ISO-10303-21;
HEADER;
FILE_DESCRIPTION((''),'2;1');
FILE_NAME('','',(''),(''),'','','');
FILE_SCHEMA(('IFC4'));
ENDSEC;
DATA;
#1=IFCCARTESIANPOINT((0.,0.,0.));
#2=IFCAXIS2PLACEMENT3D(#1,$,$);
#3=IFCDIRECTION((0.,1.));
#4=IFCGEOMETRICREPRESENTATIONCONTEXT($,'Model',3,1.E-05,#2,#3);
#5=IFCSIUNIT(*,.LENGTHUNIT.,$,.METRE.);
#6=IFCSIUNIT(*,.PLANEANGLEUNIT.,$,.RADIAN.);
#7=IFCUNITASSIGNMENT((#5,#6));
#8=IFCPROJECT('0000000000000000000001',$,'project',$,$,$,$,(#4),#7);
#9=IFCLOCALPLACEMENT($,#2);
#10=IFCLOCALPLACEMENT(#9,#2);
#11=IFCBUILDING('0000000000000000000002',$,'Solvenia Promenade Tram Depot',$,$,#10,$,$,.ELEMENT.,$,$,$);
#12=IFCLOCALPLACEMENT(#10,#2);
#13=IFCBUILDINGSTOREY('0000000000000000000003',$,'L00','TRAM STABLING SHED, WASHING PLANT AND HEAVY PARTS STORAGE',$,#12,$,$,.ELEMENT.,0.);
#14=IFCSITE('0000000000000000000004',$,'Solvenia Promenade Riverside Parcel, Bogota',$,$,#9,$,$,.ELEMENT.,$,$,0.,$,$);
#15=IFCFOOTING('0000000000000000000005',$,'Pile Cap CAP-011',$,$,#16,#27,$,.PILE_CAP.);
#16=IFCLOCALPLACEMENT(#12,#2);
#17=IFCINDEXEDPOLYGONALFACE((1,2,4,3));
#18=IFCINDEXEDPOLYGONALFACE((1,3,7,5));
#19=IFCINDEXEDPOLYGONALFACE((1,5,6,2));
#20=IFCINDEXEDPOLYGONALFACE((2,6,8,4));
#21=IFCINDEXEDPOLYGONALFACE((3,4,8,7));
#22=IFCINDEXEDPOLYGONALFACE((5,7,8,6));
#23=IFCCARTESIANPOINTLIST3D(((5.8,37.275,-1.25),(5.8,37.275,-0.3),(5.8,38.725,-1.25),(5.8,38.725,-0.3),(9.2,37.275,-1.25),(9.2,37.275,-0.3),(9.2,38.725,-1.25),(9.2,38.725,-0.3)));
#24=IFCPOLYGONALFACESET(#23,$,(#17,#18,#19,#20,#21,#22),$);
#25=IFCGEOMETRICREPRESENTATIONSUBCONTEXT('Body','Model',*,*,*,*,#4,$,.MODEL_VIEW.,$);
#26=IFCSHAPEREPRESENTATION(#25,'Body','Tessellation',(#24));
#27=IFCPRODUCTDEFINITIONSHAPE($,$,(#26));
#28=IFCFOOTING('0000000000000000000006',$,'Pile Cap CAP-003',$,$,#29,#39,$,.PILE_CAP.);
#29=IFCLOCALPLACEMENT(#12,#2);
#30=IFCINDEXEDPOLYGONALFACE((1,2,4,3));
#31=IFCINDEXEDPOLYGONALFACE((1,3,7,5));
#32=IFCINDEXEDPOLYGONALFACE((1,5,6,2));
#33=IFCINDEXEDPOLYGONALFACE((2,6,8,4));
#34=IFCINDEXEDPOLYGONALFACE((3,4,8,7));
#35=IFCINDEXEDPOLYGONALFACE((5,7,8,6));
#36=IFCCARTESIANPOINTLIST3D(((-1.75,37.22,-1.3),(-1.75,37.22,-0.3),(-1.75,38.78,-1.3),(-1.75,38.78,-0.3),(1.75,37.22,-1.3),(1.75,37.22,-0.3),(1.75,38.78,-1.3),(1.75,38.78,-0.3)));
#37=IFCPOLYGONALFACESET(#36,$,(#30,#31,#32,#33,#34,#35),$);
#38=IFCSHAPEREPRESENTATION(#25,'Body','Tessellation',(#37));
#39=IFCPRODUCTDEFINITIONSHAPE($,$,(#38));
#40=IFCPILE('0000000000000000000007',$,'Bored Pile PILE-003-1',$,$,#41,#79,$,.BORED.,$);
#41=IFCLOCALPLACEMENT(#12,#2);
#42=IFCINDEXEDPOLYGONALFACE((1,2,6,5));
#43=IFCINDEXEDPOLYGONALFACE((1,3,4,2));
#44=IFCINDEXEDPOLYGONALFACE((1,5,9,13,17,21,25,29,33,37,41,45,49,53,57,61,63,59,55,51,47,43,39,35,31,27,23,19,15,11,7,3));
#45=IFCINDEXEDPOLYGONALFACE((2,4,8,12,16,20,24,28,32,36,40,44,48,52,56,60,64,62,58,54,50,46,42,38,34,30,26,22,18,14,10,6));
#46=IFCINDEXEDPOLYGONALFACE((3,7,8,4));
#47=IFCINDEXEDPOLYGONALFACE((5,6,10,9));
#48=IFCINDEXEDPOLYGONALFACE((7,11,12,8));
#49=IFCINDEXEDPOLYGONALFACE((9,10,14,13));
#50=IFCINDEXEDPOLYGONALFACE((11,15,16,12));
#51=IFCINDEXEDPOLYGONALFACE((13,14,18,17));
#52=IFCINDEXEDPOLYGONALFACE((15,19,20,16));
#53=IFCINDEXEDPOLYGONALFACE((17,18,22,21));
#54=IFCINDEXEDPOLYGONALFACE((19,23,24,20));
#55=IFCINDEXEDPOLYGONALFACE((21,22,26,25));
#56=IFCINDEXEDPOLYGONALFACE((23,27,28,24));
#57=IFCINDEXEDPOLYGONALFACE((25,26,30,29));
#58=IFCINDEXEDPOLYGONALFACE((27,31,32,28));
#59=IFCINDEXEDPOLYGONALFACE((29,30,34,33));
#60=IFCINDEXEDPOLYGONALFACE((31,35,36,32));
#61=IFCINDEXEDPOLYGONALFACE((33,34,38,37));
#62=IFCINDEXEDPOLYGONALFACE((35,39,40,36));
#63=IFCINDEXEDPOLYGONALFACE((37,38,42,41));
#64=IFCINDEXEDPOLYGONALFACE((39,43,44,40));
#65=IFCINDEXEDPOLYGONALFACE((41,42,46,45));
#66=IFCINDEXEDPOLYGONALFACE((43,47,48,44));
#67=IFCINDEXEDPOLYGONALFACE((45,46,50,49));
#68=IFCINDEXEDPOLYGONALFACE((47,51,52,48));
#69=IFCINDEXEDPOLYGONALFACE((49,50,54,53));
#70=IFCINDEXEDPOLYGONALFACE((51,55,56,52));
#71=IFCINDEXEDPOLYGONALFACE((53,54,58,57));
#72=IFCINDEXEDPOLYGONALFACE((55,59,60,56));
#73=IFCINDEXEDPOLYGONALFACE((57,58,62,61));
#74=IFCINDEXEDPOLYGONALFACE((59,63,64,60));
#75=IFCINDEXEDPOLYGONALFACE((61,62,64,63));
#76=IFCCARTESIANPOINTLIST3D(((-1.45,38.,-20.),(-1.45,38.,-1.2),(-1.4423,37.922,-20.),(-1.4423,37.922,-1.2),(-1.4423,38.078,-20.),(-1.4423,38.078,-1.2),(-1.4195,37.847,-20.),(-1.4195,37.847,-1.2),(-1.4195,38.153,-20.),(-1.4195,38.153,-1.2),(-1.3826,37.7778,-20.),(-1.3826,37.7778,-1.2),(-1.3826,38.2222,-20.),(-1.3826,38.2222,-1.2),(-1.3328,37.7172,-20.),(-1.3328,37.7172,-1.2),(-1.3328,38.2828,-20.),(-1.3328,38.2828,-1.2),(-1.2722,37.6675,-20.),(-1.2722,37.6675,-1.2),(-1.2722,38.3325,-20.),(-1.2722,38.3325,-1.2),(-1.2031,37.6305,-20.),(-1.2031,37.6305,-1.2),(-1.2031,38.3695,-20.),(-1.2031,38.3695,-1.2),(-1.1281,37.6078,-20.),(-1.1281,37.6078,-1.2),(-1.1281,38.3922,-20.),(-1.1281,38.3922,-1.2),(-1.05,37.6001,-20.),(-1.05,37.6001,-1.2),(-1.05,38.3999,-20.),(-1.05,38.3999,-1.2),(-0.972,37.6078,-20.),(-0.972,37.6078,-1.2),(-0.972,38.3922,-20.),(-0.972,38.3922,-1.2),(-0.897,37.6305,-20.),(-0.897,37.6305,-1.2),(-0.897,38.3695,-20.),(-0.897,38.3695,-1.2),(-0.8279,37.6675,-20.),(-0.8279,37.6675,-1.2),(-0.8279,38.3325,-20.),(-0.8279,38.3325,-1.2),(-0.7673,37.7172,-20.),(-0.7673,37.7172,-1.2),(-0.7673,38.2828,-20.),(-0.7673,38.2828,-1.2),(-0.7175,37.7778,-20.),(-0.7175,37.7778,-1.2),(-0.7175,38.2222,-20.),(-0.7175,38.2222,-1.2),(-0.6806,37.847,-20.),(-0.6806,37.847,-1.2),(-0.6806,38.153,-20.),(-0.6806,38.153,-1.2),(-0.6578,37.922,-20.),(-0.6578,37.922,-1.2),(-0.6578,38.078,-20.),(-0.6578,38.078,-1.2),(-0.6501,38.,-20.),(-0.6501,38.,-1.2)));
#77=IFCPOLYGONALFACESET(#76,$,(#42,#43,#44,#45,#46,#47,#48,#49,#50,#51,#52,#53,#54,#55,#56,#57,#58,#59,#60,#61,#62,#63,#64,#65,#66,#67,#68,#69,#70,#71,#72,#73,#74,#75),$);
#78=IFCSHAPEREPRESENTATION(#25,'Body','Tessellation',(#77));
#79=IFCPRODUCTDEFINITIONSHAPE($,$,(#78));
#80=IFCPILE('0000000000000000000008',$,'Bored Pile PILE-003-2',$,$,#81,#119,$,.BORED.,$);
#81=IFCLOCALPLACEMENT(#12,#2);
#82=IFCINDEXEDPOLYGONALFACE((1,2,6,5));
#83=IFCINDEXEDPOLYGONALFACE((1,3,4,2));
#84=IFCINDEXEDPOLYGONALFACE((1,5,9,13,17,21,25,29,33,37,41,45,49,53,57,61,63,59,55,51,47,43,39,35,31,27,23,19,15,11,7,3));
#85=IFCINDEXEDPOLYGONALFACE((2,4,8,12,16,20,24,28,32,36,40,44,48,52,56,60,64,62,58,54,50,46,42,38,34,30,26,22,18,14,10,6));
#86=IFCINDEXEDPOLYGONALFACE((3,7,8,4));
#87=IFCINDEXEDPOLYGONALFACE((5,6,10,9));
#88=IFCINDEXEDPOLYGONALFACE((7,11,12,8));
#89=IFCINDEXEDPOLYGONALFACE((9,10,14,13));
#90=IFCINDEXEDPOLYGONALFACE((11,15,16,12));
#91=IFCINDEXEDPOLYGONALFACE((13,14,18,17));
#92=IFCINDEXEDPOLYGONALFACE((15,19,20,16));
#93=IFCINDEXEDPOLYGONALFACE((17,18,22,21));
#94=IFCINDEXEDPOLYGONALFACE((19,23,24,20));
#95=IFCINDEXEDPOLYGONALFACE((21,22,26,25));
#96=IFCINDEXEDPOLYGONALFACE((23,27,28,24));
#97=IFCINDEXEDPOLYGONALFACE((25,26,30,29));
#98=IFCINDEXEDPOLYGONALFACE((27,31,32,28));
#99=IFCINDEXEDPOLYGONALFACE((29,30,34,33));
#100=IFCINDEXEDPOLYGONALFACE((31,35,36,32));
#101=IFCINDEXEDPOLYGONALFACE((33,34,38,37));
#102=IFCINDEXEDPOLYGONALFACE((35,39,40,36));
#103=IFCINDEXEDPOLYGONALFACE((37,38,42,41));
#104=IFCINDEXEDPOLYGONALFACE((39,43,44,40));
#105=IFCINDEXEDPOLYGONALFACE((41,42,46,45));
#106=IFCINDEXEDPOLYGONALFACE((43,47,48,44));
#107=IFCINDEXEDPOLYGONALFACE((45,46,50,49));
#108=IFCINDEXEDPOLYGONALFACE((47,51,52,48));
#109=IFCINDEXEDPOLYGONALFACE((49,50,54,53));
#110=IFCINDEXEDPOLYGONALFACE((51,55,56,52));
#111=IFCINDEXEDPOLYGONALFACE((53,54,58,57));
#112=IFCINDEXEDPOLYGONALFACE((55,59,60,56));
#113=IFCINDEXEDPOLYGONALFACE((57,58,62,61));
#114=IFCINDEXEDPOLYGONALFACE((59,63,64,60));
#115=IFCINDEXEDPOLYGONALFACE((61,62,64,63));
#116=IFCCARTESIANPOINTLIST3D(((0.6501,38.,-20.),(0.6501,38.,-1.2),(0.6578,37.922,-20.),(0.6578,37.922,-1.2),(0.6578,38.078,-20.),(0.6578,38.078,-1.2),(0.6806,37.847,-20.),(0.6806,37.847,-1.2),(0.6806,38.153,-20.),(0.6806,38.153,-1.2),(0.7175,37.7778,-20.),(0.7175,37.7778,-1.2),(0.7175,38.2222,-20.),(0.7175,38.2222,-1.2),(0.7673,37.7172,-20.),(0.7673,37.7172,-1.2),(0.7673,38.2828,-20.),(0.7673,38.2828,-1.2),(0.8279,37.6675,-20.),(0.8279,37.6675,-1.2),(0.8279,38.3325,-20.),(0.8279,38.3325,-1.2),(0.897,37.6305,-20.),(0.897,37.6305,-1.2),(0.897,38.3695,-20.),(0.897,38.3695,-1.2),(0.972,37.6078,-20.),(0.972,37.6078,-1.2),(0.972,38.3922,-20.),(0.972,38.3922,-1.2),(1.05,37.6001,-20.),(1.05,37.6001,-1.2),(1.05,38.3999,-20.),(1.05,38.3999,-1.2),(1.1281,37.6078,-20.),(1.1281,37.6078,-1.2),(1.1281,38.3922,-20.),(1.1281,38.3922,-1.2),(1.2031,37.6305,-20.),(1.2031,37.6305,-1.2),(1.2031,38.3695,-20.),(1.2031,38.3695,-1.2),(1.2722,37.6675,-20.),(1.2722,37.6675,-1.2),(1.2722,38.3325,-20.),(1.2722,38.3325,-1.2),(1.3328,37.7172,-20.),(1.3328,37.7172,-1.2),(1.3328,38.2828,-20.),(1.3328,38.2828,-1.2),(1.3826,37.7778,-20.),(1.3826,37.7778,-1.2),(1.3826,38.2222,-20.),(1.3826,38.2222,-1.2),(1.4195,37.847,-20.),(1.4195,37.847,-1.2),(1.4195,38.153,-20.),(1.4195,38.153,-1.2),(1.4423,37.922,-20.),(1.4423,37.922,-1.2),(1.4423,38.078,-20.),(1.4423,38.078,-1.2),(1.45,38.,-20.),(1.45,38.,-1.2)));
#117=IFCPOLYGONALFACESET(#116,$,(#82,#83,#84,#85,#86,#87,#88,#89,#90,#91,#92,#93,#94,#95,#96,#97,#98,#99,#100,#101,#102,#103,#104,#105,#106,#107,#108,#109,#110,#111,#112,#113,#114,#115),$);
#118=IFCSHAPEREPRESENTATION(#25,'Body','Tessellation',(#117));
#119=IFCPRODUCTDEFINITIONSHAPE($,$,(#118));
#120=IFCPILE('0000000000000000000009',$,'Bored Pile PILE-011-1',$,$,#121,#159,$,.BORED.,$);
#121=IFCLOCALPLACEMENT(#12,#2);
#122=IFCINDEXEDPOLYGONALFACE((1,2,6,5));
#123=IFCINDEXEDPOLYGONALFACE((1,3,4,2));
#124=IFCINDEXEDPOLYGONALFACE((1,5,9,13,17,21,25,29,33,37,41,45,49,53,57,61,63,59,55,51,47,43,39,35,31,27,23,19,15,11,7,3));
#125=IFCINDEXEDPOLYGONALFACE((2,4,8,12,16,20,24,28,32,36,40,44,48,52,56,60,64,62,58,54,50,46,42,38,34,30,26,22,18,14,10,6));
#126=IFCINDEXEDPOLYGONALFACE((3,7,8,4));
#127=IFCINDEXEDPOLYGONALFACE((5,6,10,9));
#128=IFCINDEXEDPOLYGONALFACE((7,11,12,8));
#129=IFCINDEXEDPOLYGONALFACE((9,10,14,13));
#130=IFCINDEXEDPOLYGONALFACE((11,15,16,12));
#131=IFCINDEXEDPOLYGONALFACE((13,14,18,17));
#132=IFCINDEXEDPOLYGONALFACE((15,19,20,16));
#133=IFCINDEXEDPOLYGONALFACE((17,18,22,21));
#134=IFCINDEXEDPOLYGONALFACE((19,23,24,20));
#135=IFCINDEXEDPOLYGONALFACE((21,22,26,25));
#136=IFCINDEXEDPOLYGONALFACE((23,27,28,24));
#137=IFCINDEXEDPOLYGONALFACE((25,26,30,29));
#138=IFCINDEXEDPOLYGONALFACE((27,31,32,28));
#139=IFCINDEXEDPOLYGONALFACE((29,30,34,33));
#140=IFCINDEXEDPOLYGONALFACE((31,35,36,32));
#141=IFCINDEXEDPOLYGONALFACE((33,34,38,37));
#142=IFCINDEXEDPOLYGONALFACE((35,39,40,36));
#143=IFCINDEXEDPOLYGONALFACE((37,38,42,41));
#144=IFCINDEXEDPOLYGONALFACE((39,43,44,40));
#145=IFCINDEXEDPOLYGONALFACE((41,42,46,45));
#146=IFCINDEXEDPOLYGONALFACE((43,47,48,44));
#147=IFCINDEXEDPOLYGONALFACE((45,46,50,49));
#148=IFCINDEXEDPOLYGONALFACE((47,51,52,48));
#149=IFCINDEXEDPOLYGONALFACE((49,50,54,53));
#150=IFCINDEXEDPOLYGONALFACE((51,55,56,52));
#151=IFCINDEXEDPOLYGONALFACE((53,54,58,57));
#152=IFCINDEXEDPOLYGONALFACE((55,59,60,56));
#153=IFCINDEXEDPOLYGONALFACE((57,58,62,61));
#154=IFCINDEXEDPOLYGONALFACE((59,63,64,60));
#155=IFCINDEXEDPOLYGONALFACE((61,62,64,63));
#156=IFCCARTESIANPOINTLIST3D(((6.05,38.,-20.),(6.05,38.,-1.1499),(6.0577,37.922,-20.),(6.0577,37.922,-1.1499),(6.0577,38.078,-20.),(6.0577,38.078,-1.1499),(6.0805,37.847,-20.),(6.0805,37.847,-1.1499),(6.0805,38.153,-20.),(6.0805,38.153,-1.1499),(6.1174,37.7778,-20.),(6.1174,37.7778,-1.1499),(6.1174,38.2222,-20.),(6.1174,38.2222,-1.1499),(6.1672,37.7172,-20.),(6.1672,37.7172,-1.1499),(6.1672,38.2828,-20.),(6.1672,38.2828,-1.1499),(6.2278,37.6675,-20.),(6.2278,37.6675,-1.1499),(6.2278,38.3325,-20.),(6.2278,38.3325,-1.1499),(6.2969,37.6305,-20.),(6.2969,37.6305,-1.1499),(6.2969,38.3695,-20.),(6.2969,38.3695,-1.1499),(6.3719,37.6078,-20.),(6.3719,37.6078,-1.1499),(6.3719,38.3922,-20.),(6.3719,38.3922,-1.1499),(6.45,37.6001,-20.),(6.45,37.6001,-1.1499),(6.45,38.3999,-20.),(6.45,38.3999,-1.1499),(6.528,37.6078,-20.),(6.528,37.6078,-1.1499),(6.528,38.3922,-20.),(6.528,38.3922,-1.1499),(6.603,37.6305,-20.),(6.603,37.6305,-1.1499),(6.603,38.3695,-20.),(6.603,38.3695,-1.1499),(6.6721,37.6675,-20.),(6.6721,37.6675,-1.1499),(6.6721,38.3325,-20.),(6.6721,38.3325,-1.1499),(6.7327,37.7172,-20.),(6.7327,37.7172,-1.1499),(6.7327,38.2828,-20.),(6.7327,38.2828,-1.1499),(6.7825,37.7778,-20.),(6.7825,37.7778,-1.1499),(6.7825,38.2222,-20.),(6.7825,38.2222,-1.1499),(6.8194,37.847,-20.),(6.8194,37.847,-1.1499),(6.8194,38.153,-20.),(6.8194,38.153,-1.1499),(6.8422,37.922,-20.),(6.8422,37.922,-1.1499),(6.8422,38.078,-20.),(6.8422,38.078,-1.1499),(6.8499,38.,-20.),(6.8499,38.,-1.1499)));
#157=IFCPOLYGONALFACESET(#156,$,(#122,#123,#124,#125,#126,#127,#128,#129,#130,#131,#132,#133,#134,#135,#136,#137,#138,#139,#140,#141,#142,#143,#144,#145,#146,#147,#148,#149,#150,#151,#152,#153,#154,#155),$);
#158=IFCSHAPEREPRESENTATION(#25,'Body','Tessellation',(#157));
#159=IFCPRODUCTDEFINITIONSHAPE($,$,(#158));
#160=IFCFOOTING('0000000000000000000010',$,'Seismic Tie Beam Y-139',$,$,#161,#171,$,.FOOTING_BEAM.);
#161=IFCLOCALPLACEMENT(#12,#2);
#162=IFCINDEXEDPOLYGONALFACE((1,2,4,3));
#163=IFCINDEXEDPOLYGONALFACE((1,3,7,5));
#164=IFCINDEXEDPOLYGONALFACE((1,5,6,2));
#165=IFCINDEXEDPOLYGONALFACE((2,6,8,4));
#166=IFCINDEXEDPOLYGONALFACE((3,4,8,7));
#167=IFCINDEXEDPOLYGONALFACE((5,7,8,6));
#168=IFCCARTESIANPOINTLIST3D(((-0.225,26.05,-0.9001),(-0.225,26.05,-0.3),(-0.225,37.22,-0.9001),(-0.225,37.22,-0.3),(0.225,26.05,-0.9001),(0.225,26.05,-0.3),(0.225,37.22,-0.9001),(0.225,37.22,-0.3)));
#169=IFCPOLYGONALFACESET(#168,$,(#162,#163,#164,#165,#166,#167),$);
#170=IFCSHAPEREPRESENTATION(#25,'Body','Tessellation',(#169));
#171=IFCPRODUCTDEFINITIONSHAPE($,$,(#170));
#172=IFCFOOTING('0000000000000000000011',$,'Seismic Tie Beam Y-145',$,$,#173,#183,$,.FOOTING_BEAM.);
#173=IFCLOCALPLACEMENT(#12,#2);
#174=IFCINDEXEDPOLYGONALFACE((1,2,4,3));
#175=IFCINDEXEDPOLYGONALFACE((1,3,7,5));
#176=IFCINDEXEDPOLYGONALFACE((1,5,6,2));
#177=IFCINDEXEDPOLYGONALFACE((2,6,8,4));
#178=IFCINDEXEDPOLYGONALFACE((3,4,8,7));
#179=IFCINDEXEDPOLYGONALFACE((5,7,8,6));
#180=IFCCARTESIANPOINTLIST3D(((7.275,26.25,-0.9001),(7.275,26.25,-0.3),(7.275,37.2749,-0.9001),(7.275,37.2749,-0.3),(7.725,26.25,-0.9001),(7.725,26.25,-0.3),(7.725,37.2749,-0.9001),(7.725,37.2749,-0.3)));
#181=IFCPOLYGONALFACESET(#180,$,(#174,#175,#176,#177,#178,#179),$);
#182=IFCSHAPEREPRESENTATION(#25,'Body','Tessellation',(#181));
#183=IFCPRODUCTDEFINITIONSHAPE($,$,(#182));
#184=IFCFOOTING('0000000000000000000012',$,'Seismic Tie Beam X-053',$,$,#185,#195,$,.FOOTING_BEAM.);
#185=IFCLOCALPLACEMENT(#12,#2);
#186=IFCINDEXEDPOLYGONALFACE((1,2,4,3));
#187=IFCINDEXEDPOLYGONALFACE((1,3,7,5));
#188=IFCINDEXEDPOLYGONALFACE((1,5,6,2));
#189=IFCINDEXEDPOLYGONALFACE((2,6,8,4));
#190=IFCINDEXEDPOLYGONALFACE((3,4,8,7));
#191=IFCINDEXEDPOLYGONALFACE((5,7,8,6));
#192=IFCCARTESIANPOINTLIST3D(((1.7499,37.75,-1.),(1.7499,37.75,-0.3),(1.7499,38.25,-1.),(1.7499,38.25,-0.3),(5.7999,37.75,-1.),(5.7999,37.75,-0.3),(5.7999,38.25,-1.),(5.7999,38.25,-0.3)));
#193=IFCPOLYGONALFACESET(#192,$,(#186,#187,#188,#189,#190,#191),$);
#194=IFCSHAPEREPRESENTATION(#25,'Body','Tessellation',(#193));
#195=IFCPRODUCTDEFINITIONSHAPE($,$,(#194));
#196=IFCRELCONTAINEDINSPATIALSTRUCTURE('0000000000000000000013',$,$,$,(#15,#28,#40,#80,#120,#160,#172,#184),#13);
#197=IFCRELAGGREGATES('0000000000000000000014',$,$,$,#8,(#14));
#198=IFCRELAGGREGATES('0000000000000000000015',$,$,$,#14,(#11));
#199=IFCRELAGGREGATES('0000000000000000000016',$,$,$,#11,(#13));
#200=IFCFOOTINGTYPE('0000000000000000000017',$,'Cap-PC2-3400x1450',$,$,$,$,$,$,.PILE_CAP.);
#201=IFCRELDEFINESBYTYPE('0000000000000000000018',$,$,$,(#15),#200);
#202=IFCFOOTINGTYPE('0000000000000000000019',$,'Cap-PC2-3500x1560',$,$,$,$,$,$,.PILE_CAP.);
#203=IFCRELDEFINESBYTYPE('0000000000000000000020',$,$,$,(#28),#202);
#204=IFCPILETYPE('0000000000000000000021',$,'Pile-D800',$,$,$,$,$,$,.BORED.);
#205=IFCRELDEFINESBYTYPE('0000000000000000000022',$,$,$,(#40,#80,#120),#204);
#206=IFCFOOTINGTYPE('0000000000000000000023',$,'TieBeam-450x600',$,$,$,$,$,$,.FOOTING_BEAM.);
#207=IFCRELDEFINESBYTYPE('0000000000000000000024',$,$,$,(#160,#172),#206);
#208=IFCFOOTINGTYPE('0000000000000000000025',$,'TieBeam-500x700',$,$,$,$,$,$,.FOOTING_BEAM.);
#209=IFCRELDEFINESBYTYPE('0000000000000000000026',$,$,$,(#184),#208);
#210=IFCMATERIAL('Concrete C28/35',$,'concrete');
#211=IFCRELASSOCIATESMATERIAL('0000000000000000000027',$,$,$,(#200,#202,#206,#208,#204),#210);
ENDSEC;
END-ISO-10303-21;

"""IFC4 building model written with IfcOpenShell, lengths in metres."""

from ifc_helpers import new_model, si_unit, direction, frame, origin, origin_2d, place, context, subcontext, project, spatial, rectangle, circle, extrude, material, material_profile, profile_set, type_object, element, save


model = new_model("IFC4")

# Units and contexts
model_context = context("Model", 3, precision=1e-05, world=origin(), true_north=direction((0.0, 1.0)))
body_context = subcontext(model_context, "Body", "Model", "MODEL_VIEW")
ifc_project = project(units=[si_unit("LENGTHUNIT", "METRE"), si_unit("PLANEANGLEUNIT", "RADIAN")], contexts=[model_context])

# Site, building, storey
site_placement = place(None, origin())
site = spatial("IfcSite", under=ifc_project, at=site_placement, Name="Solvenia Promenade Riverside Parcel, Bogota", CompositionType="ELEMENT", RefElevation=0.0)
building_placement = place(site_placement, origin())
building = spatial("IfcBuilding", under=site, at=building_placement, Name="Solvenia Promenade Tram Depot", CompositionType="ELEMENT")
storey_placement = place(building_placement, origin())
storey = spatial("IfcBuildingStorey", under=building, at=storey_placement, Name="L00", Description="TRAM STABLING SHED, WASHING PLANT AND HEAVY PARTS STORAGE", CompositionType="ELEMENT", Elevation=0.0)

# Footings
ifc_material_1 = material(Name="Concrete C28/35", Category="concrete")
footing_type_1 = type_object("IfcFootingType", Name="Cap-PC2-3400x1450", PredefinedType="PILE_CAP", material=ifc_material_1)
footing_1_placement = place(storey_placement, frame((7.5, 38.0, -1.25), z_axis=(0.0, 0.0, 1.0), x_axis=(1.0, 0.0, 0.0)))
element("IfcFooting", 1, at=footing_1_placement, inside=storey, type_object=footing_type_1, Name="Pile Cap CAP-011", PredefinedType="PILE_CAP", context=body_context, shape_type="SweptSolid", body=[
    extrude(rectangle(XDim=3.3999, YDim=1.45, at=origin_2d()), origin(), (0.0, 0.0, 1.0), 0.95),
])
footing_type_2 = type_object("IfcFootingType", Name="Cap-PC2-3500x1560", PredefinedType="PILE_CAP", material=ifc_material_1)
footing_2_placement = place(storey_placement, frame((0.0, 38.0, -1.3), z_axis=(0.0, 0.0, 1.0), x_axis=(1.0, 0.0, 0.0)))
element("IfcFooting", 2, at=footing_2_placement, inside=storey, type_object=footing_type_2, Name="Pile Cap CAP-003", PredefinedType="PILE_CAP", context=body_context, shape_type="SweptSolid", body=[
    extrude(rectangle(XDim=3.5, YDim=1.5601, at=origin_2d()), origin(), (0.0, 0.0, 1.0), 1.0),
])

# Piles
ifc_material_profile_1 = material_profile(ifc_material_1, circle(Radius=0.3999, at=origin_2d()), Name="D800", Category="concrete")
ifc_profile_set_1 = profile_set([ifc_material_profile_1], Name="Concrete C28/35")
pile_type = type_object("IfcPileType", Name="Pile-D800", PredefinedType="BORED", material=ifc_profile_set_1)
for number, where, z_axis, x_axis, name in (
    (3, (-1.05, 38.0, -1.2), (0.0, 0.0, -1.0), (1.0, 0.0, 0.0), "Bored Pile PILE-003-1"),
    (4, (1.05, 38.0, -1.2), (0.0, 0.0, -1.0), (1.0, 0.0, 0.0), "Bored Pile PILE-003-2"),
):
    element("IfcPile", number, at=place(storey_placement, frame(where, z_axis=z_axis, x_axis=x_axis)), inside=storey, type_object=pile_type, Name=name, PredefinedType="BORED", context=body_context, shape_type="SweptSolid", body=[
        extrude(circle(Radius=0.3999, at=origin_2d()), origin(), (0.0, 0.0, 1.0), 18.8),
    ])
pile_placement = place(storey_placement, frame((6.45, 38.0, -1.1499), z_axis=(0.0, 0.0, -1.0), x_axis=(1.0, 0.0, 0.0)))
element("IfcPile", 5, at=pile_placement, inside=storey, type_object=pile_type, Name="Bored Pile PILE-011-1", PredefinedType="BORED", context=body_context, shape_type="SweptSolid", body=[
    extrude(circle(Radius=0.3999, at=origin_2d()), origin(), (0.0, 0.0, 1.0), 18.8501),
])

# Footings
footing_type_3 = type_object("IfcFootingType", Name="TieBeam-450x600", PredefinedType="FOOTING_BEAM", material=ifc_material_1)
footing_3_placement = place(storey_placement, frame((0.0, 31.635, -0.9001), z_axis=(0.0, 0.0, 1.0), x_axis=(1.0, 0.0, 0.0)))
element("IfcFooting", 6, at=footing_3_placement, inside=storey, type_object=footing_type_3, Name="Seismic Tie Beam Y-139", PredefinedType="FOOTING_BEAM", context=body_context, shape_type="SweptSolid", body=[
    extrude(rectangle(XDim=0.45, YDim=11.1699, at=origin_2d()), origin(), (0.0, 0.0, 1.0), 0.6001),
])
footing_4_placement = place(storey_placement, frame((7.5, 31.7625, -0.9001), z_axis=(0.0, 0.0, 1.0), x_axis=(1.0, 0.0, 0.0)))
element("IfcFooting", 7, at=footing_4_placement, inside=storey, type_object=footing_type_3, Name="Seismic Tie Beam Y-145", PredefinedType="FOOTING_BEAM", context=body_context, shape_type="SweptSolid", body=[
    extrude(rectangle(XDim=0.45, YDim=11.0249, at=origin_2d()), origin(), (0.0, 0.0, 1.0), 0.6001),
])
footing_type_4 = type_object("IfcFootingType", Name="TieBeam-500x700", PredefinedType="FOOTING_BEAM", material=ifc_material_1)
footing_5_placement = place(storey_placement, frame((3.7749, 38.0, -1.0), z_axis=(0.0, 0.0, 1.0), x_axis=(1.0, 0.0, 0.0)))
element("IfcFooting", 8, at=footing_5_placement, inside=storey, type_object=footing_type_4, Name="Seismic Tie Beam X-053", PredefinedType="FOOTING_BEAM", context=body_context, shape_type="SweptSolid", body=[
    extrude(rectangle(XDim=4.05, YDim=0.5, at=origin_2d()), origin(), (0.0, 0.0, 1.0), 0.7),
])

save(model, "model.ifc")
